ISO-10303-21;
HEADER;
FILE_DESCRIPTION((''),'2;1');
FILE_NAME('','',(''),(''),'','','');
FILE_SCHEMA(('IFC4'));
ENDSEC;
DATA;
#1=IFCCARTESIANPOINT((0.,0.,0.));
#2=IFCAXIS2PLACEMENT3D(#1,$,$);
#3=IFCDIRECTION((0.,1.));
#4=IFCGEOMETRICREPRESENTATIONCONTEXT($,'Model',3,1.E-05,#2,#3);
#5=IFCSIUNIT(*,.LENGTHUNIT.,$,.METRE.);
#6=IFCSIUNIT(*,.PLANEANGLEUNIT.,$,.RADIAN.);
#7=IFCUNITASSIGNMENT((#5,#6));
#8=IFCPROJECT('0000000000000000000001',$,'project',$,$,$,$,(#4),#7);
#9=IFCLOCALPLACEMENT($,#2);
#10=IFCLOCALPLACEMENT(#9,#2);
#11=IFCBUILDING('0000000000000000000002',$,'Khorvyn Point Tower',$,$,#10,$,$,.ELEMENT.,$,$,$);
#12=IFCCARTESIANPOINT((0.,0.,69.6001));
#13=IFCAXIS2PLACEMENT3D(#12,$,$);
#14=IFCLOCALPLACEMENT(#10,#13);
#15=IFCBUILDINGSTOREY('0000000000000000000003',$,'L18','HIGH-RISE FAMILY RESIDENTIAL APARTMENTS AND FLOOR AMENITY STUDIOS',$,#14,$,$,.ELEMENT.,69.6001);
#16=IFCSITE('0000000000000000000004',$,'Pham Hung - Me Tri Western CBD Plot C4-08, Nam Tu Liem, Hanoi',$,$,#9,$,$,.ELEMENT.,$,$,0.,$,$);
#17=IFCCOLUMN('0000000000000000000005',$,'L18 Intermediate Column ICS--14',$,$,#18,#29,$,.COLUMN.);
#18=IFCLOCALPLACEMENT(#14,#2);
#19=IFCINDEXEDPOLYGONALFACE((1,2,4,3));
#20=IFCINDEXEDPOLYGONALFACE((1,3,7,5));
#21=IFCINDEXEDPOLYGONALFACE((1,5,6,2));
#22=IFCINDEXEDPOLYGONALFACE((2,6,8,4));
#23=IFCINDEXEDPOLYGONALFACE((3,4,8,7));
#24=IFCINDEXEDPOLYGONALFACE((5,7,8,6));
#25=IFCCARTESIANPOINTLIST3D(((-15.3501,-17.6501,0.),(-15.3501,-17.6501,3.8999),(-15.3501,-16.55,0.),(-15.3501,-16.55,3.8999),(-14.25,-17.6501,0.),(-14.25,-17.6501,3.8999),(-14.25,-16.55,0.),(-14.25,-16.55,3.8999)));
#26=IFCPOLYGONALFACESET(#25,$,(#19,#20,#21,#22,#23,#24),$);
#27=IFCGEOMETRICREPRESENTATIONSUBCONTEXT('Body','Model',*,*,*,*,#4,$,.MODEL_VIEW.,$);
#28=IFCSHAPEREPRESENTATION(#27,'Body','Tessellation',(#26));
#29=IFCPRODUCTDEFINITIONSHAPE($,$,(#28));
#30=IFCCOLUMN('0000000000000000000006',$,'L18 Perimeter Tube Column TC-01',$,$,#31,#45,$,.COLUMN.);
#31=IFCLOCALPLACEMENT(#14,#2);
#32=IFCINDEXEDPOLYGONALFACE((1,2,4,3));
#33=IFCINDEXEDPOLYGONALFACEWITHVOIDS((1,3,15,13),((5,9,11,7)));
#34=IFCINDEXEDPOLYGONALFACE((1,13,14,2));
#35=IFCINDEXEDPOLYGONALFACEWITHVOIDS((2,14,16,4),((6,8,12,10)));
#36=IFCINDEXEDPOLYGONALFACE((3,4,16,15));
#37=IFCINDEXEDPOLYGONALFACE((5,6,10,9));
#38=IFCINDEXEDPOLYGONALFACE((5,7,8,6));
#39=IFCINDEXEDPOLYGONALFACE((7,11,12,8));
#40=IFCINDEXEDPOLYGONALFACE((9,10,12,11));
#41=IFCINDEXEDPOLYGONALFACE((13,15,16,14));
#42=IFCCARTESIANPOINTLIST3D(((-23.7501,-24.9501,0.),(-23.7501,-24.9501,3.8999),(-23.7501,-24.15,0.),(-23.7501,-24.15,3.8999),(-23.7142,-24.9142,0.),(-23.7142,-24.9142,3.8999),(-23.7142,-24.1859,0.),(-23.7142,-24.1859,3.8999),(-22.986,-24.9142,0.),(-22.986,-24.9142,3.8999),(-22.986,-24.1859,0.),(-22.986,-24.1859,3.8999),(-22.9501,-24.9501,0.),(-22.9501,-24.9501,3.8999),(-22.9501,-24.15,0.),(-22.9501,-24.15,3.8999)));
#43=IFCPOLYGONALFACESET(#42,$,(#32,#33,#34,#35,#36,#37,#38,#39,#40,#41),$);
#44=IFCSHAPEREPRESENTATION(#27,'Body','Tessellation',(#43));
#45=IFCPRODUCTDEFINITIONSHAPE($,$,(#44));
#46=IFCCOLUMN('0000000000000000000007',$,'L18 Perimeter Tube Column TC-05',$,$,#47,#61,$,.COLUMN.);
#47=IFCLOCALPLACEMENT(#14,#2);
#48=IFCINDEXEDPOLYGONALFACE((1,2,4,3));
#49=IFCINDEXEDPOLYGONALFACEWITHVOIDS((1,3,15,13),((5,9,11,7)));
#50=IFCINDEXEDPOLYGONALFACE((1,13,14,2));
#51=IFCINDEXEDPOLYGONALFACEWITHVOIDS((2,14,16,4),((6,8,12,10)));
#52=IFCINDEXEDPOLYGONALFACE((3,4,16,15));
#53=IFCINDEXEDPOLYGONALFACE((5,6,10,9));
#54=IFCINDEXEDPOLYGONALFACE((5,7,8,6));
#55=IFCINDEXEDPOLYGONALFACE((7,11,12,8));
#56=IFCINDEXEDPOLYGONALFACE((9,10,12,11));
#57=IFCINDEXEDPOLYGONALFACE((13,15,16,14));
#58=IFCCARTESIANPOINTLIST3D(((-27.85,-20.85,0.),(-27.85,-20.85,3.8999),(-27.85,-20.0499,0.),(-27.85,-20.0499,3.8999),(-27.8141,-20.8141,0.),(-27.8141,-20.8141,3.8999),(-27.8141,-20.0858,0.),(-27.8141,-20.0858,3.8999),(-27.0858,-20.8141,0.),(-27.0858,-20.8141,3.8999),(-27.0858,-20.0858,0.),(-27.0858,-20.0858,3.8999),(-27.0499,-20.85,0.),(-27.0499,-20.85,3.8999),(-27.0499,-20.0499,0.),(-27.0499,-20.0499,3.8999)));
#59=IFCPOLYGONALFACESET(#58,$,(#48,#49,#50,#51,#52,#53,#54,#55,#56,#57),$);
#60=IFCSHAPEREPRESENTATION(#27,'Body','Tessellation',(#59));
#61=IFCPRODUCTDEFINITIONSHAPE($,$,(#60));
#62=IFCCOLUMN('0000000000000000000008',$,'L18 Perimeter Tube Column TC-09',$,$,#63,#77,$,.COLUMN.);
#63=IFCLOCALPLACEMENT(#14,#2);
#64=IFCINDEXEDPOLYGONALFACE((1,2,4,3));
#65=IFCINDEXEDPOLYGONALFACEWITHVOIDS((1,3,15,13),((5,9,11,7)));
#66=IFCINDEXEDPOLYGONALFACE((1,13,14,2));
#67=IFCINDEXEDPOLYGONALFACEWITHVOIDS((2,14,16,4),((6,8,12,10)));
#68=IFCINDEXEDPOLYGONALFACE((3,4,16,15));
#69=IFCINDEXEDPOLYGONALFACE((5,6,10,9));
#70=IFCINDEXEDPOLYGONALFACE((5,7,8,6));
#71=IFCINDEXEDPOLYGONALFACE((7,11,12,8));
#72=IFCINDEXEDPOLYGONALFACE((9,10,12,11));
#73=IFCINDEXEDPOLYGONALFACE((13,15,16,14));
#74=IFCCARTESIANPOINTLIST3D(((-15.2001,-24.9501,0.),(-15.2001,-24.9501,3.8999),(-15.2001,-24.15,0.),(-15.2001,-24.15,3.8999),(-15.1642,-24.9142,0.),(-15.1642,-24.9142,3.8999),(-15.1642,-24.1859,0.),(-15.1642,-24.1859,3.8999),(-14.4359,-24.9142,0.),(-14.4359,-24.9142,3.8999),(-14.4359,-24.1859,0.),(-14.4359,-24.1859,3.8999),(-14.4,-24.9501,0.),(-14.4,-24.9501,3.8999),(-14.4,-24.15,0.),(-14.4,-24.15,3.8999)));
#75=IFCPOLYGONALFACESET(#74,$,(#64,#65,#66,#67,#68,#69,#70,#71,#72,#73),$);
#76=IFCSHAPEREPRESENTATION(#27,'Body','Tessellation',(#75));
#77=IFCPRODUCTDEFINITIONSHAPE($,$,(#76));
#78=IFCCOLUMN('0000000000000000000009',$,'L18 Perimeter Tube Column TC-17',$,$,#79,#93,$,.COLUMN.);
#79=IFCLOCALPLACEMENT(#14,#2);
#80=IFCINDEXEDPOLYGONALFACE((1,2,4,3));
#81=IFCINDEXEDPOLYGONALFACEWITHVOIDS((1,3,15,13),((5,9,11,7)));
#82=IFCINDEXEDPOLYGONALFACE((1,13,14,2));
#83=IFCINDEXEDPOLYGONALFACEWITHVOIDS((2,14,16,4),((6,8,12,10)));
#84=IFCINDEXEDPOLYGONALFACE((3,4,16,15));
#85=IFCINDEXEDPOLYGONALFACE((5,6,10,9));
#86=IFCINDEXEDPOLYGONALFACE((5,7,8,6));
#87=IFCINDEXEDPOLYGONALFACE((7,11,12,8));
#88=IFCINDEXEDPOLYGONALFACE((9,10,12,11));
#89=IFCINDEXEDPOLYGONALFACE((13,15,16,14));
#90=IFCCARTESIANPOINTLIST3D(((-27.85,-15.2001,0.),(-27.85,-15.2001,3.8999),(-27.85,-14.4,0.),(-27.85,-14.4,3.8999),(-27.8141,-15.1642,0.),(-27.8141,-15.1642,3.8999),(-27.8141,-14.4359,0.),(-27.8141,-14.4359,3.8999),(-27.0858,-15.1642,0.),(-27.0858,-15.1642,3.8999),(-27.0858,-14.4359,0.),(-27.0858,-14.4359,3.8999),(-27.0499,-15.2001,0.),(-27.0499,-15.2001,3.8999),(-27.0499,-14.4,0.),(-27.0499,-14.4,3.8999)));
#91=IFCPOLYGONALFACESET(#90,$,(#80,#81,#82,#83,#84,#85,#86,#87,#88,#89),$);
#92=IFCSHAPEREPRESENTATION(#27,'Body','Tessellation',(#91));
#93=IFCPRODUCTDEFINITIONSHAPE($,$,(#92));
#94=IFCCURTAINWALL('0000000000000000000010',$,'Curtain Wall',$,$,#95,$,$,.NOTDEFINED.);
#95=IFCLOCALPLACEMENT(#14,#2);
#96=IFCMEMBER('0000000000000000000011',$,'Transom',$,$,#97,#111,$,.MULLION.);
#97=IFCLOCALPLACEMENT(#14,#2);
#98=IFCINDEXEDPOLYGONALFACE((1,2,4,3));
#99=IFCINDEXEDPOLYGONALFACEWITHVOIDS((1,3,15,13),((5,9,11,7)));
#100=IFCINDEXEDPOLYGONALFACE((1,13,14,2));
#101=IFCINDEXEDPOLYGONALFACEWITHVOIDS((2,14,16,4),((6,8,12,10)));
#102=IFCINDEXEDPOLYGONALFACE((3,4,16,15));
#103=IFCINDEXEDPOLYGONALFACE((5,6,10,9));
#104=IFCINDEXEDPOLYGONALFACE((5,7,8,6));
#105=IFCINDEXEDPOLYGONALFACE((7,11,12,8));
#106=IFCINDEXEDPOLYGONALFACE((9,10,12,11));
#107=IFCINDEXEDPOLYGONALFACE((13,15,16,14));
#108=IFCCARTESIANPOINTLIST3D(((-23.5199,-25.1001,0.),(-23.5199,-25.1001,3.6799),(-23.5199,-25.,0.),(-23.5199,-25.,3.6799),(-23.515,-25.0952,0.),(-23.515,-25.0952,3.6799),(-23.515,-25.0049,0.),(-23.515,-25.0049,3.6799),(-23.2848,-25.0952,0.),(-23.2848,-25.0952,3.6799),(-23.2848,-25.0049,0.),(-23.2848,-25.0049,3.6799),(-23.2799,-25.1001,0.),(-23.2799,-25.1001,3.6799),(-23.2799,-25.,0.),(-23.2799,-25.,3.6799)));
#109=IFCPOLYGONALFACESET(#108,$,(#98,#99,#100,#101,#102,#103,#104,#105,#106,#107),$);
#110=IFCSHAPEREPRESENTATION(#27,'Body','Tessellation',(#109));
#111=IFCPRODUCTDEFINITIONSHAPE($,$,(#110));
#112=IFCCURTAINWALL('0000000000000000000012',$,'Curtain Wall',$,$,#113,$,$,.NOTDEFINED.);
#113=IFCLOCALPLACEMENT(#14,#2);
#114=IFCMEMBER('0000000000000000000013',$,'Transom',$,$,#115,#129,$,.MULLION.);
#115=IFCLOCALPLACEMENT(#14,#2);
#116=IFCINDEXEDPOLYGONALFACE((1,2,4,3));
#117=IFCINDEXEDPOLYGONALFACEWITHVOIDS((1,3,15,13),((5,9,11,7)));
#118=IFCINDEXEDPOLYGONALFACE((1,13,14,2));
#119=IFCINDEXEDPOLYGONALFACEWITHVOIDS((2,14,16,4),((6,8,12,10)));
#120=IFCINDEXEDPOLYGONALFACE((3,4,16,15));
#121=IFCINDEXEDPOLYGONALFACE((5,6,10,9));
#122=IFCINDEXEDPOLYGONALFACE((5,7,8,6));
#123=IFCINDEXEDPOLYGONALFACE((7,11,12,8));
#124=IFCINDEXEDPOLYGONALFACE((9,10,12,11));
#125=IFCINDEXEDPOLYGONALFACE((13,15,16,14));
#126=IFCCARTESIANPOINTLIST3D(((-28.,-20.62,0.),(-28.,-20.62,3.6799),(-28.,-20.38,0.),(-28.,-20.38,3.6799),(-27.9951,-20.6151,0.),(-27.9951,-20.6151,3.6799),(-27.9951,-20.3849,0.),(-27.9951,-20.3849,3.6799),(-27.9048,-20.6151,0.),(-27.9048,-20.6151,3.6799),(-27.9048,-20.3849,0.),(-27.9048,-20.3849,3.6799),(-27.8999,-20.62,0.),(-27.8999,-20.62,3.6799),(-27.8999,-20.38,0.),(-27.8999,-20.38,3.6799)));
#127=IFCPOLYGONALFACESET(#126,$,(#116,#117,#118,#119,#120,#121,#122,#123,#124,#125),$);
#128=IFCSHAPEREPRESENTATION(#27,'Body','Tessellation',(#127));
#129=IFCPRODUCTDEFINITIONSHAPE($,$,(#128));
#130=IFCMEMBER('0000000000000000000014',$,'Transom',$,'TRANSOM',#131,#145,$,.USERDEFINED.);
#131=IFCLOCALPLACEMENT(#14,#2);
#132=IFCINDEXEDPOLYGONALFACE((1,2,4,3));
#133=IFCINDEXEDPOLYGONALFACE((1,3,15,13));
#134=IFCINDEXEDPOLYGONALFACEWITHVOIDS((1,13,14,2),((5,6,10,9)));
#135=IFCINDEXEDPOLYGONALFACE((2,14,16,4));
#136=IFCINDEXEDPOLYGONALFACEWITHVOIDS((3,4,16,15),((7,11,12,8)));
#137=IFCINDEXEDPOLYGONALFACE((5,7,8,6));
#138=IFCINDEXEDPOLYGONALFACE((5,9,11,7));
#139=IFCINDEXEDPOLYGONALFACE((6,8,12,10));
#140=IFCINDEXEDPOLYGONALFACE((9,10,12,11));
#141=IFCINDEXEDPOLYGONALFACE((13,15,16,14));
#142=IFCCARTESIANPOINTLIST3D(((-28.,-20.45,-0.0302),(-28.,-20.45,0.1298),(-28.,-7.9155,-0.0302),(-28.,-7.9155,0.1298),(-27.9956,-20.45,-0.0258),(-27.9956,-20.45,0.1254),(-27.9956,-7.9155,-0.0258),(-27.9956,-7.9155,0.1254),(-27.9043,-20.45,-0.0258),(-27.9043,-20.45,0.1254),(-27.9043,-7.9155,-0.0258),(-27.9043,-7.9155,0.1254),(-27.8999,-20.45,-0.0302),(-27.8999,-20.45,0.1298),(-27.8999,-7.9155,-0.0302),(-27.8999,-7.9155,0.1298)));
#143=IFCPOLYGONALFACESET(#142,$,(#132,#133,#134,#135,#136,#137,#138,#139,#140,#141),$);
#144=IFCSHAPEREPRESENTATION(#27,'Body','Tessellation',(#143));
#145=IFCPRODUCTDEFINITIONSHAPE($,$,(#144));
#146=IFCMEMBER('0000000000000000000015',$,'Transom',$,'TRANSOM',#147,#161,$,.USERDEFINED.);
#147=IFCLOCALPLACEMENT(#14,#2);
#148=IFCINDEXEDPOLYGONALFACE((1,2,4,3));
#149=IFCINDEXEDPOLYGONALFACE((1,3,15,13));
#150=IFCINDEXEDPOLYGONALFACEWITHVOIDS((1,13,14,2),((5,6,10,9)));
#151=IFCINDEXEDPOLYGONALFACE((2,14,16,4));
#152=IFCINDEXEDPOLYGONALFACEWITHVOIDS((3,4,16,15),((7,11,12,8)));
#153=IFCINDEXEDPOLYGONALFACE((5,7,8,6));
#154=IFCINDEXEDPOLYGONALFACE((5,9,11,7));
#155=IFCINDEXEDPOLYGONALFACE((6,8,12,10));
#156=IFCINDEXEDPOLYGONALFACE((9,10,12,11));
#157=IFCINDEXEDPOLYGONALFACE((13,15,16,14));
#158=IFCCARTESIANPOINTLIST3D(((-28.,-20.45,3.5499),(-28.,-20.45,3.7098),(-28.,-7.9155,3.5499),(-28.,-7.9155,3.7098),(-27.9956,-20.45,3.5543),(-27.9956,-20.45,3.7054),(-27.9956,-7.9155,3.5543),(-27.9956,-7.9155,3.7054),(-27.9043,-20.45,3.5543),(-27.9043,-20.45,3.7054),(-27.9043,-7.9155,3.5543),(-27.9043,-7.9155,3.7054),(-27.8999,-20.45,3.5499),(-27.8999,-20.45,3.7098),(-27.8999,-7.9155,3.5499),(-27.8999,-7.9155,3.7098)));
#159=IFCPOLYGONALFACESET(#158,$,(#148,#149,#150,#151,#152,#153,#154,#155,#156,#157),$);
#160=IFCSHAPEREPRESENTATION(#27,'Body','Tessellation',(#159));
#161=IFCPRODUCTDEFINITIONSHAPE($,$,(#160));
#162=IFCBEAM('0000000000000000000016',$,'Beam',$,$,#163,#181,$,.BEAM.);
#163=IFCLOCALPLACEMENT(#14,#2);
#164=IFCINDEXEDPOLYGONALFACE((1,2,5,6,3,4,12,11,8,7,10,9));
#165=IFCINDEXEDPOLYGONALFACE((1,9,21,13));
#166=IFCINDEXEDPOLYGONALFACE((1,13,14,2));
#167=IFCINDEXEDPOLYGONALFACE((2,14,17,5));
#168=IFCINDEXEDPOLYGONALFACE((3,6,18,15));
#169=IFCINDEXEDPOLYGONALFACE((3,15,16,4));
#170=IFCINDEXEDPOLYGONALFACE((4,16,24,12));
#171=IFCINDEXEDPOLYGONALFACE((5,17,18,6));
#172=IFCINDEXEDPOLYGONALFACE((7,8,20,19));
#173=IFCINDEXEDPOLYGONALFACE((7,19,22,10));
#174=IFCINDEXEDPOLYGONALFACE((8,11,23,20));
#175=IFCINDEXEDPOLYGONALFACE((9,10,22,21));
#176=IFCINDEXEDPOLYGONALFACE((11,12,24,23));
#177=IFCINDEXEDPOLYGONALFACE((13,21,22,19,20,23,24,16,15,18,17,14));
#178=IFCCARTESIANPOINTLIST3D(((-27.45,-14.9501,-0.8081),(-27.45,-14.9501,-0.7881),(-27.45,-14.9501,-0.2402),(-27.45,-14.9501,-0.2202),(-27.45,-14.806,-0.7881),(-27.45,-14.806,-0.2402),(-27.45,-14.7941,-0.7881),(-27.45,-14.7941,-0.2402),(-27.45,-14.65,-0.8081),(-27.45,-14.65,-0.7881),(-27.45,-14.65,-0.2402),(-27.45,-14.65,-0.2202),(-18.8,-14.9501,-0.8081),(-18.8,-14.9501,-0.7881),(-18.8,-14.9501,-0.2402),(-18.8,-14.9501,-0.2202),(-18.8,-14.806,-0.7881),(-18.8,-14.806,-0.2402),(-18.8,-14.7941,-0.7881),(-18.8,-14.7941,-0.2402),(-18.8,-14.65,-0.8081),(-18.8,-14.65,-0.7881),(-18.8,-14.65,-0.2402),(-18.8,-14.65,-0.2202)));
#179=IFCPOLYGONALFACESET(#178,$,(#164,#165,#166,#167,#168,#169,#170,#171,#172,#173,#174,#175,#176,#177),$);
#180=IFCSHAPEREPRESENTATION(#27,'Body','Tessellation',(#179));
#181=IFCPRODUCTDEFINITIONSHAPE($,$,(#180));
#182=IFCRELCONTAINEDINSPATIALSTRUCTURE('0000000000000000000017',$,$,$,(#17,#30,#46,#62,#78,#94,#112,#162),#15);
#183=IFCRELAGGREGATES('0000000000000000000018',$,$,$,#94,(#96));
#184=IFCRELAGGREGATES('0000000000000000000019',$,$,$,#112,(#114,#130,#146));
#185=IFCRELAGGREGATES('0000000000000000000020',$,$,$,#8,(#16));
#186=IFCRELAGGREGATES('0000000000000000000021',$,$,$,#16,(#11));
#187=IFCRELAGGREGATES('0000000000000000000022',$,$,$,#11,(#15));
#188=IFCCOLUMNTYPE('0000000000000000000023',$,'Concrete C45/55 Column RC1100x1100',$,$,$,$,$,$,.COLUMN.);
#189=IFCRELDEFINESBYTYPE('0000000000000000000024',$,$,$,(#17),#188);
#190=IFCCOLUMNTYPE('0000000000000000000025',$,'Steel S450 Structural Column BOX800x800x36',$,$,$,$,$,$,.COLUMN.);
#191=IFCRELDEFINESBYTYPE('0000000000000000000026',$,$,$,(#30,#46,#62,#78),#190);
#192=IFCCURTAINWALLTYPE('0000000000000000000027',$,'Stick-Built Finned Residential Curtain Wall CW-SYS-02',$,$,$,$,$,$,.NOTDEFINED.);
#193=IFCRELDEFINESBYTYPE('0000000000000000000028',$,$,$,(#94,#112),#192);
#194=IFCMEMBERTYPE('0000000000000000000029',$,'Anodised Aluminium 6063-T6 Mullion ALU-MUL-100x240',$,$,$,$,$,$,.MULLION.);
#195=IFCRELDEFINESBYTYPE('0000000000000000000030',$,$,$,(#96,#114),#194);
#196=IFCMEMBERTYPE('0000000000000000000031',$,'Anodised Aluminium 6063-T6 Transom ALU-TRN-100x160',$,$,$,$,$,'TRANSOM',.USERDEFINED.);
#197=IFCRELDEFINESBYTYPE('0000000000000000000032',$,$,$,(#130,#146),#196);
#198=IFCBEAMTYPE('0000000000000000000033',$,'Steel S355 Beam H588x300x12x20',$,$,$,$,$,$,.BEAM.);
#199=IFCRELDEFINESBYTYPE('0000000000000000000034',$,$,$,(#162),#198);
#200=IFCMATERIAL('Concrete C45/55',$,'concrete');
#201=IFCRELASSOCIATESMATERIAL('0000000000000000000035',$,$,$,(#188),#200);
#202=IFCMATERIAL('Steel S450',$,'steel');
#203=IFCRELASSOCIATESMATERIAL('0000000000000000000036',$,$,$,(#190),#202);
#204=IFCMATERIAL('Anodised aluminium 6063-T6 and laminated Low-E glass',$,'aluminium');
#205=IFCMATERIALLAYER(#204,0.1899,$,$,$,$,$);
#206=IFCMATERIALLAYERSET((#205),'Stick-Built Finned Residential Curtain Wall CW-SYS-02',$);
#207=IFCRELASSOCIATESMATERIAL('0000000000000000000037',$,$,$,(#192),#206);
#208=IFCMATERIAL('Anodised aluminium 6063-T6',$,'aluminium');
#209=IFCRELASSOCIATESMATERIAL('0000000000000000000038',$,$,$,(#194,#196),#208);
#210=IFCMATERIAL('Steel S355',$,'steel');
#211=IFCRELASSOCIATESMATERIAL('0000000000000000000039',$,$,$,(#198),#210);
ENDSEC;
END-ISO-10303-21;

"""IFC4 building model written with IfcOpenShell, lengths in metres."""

from ifc_helpers import new_model, si_unit, direction, frame, origin, origin_2d, place, context, subcontext, project, spatial, rectangle, hollow_rectangle, i_section, extrude, material, layer, layer_set, material_profile, profile_set, type_object, element, aggregate, save


model = new_model("IFC4")

# Units and contexts
model_context = context("Model", 3, precision=1e-05, world=origin(), true_north=direction((0.0, 1.0)))
body_context = subcontext(model_context, "Body", "Model", "MODEL_VIEW")
ifc_project = project(units=[si_unit("LENGTHUNIT", "METRE"), si_unit("PLANEANGLEUNIT", "RADIAN")], contexts=[model_context])

# Site, building, storey
site_placement = place(None, origin())
site = spatial("IfcSite", under=ifc_project, at=site_placement, Name="Pham Hung - Me Tri Western CBD Plot C4-08, Nam Tu Liem, Hanoi", CompositionType="ELEMENT", RefElevation=0.0)
building_placement = place(site_placement, origin())
building = spatial("IfcBuilding", under=site, at=building_placement, Name="Khorvyn Point Tower", CompositionType="ELEMENT")
storey_placement = place(building_placement, frame((0.0, 0.0, 69.6001)))
storey = spatial("IfcBuildingStorey", under=building, at=storey_placement, Name="L18", Description="HIGH-RISE FAMILY RESIDENTIAL APARTMENTS AND FLOOR AMENITY STUDIOS", CompositionType="ELEMENT", Elevation=69.6001)

# Columns
ifc_material_1 = material(Name="Concrete C45/55", Category="concrete")
ifc_material_profile_1 = material_profile(ifc_material_1, rectangle(XDim=1.1001, YDim=1.1001, at=origin_2d()))
ifc_profile_set_1 = profile_set([ifc_material_profile_1], Name="Concrete C45/55 RC1100x1100")
column_type_1 = type_object("IfcColumnType", Name="Concrete C45/55 Column RC1100x1100", PredefinedType="COLUMN", material=ifc_profile_set_1)
column_placement = place(storey_placement, frame((-14.8, -17.1001, 0.0), z_axis=(0.0, 0.0, 1.0), x_axis=(1.0, 0.0, 0.0)))
element("IfcColumn", 1, at=column_placement, inside=storey, type_object=column_type_1, Name="L18 Intermediate Column ICS--14", PredefinedType="COLUMN", context=body_context, shape_type="SweptSolid", body=[
    extrude(rectangle(XDim=1.1001, YDim=1.1001, at=origin_2d()), origin(), (0.0, 0.0, 1.0), 3.8999),
])
ifc_material_2 = material(Name="Steel S450", Category="steel")
ifc_material_profile_2 = material_profile(ifc_material_2, hollow_rectangle(XDim=0.8, YDim=0.8, WallThickness=0.0359, at=origin_2d()))
ifc_profile_set_2 = profile_set([ifc_material_profile_2], Name="Steel S450 BOX800x800x36")
column_type_2 = type_object("IfcColumnType", Name="Steel S450 Structural Column BOX800x800x36", PredefinedType="COLUMN", material=ifc_profile_set_2)
for number, where, z_axis, x_axis, name in (
    (2, (-23.3501, -24.55, 0.0), (0.0, 0.0, 1.0), (1.0, 0.0, 0.0), "L18 Perimeter Tube Column TC-01"),
    (3, (-27.45, -20.45, 0.0), (0.0, 0.0, 1.0), (1.0, 0.0, 0.0), "L18 Perimeter Tube Column TC-05"),
    (4, (-14.8, -24.55, 0.0), (0.0, 0.0, 1.0), (1.0, 0.0, 0.0), "L18 Perimeter Tube Column TC-09"),
    (5, (-27.45, -14.8, 0.0), (0.0, 0.0, 1.0), (1.0, 0.0, 0.0), "L18 Perimeter Tube Column TC-17"),
):
    element("IfcColumn", number, at=place(storey_placement, frame(where, z_axis=z_axis, x_axis=x_axis)), inside=storey, type_object=column_type_2, Name=name, PredefinedType="COLUMN", context=body_context, shape_type="SweptSolid", body=[
        extrude(hollow_rectangle(XDim=0.8, YDim=0.8, WallThickness=0.0359, at=origin_2d()), origin(), (0.0, 0.0, 1.0), 3.8999),
    ])

# Curtain wall, member
ifc_material_3 = material(Name="Anodised aluminium 6063-T6 and laminated Low-E glass", Category="aluminium")
ifc_layer_1 = layer(ifc_material_3, 0.1899)
ifc_layer_set_1 = layer_set([ifc_layer_1], Name="Stick-Built Finned Residential Curtain Wall CW-SYS-02")
curtain_wall_type = type_object("IfcCurtainWallType", Name="Stick-Built Finned Residential Curtain Wall CW-SYS-02", PredefinedType="NOTDEFINED", material=ifc_layer_set_1)
curtain_wall_1_placement = place(storey_placement, origin())
curtain_wall_1 = element("IfcCurtainWall", 6, at=curtain_wall_1_placement, inside=storey, type_object=curtain_wall_type, Name="Curtain Wall", PredefinedType="NOTDEFINED")
ifc_material_4 = material(Name="Anodised aluminium 6063-T6", Category="aluminium")
ifc_material_profile_3 = material_profile(ifc_material_4, hollow_rectangle(XDim=0.1001, YDim=0.24, WallThickness=0.0049, at=origin_2d()))
ifc_profile_set_3 = profile_set([ifc_material_profile_3], Name="Anodised aluminium 6063-T6 ALU-MUL-100x240")
member_type_1 = type_object("IfcMemberType", Name="Anodised Aluminium 6063-T6 Mullion ALU-MUL-100x240", PredefinedType="MULLION", material=ifc_profile_set_3)
member_1_placement = place(storey_placement, frame((-23.3999, -25.05, 0.0), z_axis=(0.0, 0.0, 1.0), x_axis=(0.0, -1.0, 0.0)))
member_1 = element("IfcMember", 7, at=member_1_placement, type_object=member_type_1, Name="Transom", PredefinedType="MULLION", context=body_context, shape_type="SweptSolid", body=[
    extrude(hollow_rectangle(XDim=0.1001, YDim=0.24, WallThickness=0.0049, at=origin_2d()), origin(), (0.0, 0.0, 1.0), 3.6799),
])

# Curtain wall, members
curtain_wall_2_placement = place(storey_placement, origin())
curtain_wall_2 = element("IfcCurtainWall", 8, at=curtain_wall_2_placement, inside=storey, type_object=curtain_wall_type, Name="Curtain Wall", PredefinedType="NOTDEFINED")
member_2_placement = place(storey_placement, frame((-27.95, -20.5, 0.0), z_axis=(0.0, 0.0, 1.0), x_axis=(-1.0, 0.0, 0.0)))
member_2 = element("IfcMember", 9, at=member_2_placement, type_object=member_type_1, Name="Transom", PredefinedType="MULLION", context=body_context, shape_type="SweptSolid", body=[
    extrude(hollow_rectangle(XDim=0.1001, YDim=0.24, WallThickness=0.0049, at=origin_2d()), origin(), (0.0, 0.0, 1.0), 3.6799),
])
ifc_material_profile_4 = material_profile(ifc_material_4, hollow_rectangle(XDim=0.1001, YDim=0.1599, WallThickness=0.0044, at=origin_2d()))
ifc_profile_set_4 = profile_set([ifc_material_profile_4], Name="Anodised aluminium 6063-T6 ALU-TRN-100x160")
member_type_2 = type_object("IfcMemberType", Name="Anodised Aluminium 6063-T6 Transom ALU-TRN-100x160", ElementType="TRANSOM", PredefinedType="USERDEFINED", material=ifc_profile_set_4)
member_3_placement = place(storey_placement, frame((-27.95, -20.45, 0.0498), z_axis=(0.0, 1.0, 0.0), x_axis=(-1.0, 0.0, 0.0)))
member_3 = element("IfcMember", 10, at=member_3_placement, type_object=member_type_2, Name="Transom", ObjectType="TRANSOM", PredefinedType="USERDEFINED", context=body_context, shape_type="SweptSolid", body=[
    extrude(hollow_rectangle(XDim=0.1001, YDim=0.1599, WallThickness=0.0044, at=origin_2d()), origin(), (0.0, 0.0, 1.0), 12.5344),
])
member_4_placement = place(storey_placement, frame((-27.95, -20.45, 3.6299), z_axis=(0.0, 1.0, 0.0), x_axis=(-1.0, 0.0, 0.0)))
member_4 = element("IfcMember", 11, at=member_4_placement, type_object=member_type_2, Name="Transom", ObjectType="TRANSOM", PredefinedType="USERDEFINED", context=body_context, shape_type="SweptSolid", body=[
    extrude(hollow_rectangle(XDim=0.1001, YDim=0.1599, WallThickness=0.0044, at=origin_2d()), origin(), (0.0, 0.0, 1.0), 12.5344),
])

# Beam
ifc_material_5 = material(Name="Steel S355", Category="steel")
ifc_material_profile_5 = material_profile(ifc_material_5, i_section(OverallWidth=0.3, OverallDepth=0.5879, WebThickness=0.012, FlangeThickness=0.02, at=origin_2d()))
ifc_profile_set_5 = profile_set([ifc_material_profile_5], Name="Steel S355 H588x300x12x20")
beam_type_1 = type_object("IfcBeamType", Name="Steel S355 Beam H588x300x12x20", PredefinedType="BEAM", material=ifc_profile_set_5)
beam_1_placement = place(storey_placement, frame((-27.45, -14.8, -0.5142), z_axis=(1.0, 0.0, 0.0), x_axis=(0.0, 1.0, 0.0)))
element("IfcBeam", 12, at=beam_1_placement, inside=storey, type_object=beam_type_1, Name="Beam", PredefinedType="BEAM", context=body_context, shape_type="SweptSolid", body=[
    extrude(i_section(OverallWidth=0.3, OverallDepth=0.5879, WebThickness=0.012, FlangeThickness=0.02, at=origin_2d()), origin(), (0.0, 0.0, 1.0), 8.6499),
])

aggregate(curtain_wall_1, [member_1])
aggregate(curtain_wall_2, [member_2, member_3, member_4])

save(model, "model.ifc")
